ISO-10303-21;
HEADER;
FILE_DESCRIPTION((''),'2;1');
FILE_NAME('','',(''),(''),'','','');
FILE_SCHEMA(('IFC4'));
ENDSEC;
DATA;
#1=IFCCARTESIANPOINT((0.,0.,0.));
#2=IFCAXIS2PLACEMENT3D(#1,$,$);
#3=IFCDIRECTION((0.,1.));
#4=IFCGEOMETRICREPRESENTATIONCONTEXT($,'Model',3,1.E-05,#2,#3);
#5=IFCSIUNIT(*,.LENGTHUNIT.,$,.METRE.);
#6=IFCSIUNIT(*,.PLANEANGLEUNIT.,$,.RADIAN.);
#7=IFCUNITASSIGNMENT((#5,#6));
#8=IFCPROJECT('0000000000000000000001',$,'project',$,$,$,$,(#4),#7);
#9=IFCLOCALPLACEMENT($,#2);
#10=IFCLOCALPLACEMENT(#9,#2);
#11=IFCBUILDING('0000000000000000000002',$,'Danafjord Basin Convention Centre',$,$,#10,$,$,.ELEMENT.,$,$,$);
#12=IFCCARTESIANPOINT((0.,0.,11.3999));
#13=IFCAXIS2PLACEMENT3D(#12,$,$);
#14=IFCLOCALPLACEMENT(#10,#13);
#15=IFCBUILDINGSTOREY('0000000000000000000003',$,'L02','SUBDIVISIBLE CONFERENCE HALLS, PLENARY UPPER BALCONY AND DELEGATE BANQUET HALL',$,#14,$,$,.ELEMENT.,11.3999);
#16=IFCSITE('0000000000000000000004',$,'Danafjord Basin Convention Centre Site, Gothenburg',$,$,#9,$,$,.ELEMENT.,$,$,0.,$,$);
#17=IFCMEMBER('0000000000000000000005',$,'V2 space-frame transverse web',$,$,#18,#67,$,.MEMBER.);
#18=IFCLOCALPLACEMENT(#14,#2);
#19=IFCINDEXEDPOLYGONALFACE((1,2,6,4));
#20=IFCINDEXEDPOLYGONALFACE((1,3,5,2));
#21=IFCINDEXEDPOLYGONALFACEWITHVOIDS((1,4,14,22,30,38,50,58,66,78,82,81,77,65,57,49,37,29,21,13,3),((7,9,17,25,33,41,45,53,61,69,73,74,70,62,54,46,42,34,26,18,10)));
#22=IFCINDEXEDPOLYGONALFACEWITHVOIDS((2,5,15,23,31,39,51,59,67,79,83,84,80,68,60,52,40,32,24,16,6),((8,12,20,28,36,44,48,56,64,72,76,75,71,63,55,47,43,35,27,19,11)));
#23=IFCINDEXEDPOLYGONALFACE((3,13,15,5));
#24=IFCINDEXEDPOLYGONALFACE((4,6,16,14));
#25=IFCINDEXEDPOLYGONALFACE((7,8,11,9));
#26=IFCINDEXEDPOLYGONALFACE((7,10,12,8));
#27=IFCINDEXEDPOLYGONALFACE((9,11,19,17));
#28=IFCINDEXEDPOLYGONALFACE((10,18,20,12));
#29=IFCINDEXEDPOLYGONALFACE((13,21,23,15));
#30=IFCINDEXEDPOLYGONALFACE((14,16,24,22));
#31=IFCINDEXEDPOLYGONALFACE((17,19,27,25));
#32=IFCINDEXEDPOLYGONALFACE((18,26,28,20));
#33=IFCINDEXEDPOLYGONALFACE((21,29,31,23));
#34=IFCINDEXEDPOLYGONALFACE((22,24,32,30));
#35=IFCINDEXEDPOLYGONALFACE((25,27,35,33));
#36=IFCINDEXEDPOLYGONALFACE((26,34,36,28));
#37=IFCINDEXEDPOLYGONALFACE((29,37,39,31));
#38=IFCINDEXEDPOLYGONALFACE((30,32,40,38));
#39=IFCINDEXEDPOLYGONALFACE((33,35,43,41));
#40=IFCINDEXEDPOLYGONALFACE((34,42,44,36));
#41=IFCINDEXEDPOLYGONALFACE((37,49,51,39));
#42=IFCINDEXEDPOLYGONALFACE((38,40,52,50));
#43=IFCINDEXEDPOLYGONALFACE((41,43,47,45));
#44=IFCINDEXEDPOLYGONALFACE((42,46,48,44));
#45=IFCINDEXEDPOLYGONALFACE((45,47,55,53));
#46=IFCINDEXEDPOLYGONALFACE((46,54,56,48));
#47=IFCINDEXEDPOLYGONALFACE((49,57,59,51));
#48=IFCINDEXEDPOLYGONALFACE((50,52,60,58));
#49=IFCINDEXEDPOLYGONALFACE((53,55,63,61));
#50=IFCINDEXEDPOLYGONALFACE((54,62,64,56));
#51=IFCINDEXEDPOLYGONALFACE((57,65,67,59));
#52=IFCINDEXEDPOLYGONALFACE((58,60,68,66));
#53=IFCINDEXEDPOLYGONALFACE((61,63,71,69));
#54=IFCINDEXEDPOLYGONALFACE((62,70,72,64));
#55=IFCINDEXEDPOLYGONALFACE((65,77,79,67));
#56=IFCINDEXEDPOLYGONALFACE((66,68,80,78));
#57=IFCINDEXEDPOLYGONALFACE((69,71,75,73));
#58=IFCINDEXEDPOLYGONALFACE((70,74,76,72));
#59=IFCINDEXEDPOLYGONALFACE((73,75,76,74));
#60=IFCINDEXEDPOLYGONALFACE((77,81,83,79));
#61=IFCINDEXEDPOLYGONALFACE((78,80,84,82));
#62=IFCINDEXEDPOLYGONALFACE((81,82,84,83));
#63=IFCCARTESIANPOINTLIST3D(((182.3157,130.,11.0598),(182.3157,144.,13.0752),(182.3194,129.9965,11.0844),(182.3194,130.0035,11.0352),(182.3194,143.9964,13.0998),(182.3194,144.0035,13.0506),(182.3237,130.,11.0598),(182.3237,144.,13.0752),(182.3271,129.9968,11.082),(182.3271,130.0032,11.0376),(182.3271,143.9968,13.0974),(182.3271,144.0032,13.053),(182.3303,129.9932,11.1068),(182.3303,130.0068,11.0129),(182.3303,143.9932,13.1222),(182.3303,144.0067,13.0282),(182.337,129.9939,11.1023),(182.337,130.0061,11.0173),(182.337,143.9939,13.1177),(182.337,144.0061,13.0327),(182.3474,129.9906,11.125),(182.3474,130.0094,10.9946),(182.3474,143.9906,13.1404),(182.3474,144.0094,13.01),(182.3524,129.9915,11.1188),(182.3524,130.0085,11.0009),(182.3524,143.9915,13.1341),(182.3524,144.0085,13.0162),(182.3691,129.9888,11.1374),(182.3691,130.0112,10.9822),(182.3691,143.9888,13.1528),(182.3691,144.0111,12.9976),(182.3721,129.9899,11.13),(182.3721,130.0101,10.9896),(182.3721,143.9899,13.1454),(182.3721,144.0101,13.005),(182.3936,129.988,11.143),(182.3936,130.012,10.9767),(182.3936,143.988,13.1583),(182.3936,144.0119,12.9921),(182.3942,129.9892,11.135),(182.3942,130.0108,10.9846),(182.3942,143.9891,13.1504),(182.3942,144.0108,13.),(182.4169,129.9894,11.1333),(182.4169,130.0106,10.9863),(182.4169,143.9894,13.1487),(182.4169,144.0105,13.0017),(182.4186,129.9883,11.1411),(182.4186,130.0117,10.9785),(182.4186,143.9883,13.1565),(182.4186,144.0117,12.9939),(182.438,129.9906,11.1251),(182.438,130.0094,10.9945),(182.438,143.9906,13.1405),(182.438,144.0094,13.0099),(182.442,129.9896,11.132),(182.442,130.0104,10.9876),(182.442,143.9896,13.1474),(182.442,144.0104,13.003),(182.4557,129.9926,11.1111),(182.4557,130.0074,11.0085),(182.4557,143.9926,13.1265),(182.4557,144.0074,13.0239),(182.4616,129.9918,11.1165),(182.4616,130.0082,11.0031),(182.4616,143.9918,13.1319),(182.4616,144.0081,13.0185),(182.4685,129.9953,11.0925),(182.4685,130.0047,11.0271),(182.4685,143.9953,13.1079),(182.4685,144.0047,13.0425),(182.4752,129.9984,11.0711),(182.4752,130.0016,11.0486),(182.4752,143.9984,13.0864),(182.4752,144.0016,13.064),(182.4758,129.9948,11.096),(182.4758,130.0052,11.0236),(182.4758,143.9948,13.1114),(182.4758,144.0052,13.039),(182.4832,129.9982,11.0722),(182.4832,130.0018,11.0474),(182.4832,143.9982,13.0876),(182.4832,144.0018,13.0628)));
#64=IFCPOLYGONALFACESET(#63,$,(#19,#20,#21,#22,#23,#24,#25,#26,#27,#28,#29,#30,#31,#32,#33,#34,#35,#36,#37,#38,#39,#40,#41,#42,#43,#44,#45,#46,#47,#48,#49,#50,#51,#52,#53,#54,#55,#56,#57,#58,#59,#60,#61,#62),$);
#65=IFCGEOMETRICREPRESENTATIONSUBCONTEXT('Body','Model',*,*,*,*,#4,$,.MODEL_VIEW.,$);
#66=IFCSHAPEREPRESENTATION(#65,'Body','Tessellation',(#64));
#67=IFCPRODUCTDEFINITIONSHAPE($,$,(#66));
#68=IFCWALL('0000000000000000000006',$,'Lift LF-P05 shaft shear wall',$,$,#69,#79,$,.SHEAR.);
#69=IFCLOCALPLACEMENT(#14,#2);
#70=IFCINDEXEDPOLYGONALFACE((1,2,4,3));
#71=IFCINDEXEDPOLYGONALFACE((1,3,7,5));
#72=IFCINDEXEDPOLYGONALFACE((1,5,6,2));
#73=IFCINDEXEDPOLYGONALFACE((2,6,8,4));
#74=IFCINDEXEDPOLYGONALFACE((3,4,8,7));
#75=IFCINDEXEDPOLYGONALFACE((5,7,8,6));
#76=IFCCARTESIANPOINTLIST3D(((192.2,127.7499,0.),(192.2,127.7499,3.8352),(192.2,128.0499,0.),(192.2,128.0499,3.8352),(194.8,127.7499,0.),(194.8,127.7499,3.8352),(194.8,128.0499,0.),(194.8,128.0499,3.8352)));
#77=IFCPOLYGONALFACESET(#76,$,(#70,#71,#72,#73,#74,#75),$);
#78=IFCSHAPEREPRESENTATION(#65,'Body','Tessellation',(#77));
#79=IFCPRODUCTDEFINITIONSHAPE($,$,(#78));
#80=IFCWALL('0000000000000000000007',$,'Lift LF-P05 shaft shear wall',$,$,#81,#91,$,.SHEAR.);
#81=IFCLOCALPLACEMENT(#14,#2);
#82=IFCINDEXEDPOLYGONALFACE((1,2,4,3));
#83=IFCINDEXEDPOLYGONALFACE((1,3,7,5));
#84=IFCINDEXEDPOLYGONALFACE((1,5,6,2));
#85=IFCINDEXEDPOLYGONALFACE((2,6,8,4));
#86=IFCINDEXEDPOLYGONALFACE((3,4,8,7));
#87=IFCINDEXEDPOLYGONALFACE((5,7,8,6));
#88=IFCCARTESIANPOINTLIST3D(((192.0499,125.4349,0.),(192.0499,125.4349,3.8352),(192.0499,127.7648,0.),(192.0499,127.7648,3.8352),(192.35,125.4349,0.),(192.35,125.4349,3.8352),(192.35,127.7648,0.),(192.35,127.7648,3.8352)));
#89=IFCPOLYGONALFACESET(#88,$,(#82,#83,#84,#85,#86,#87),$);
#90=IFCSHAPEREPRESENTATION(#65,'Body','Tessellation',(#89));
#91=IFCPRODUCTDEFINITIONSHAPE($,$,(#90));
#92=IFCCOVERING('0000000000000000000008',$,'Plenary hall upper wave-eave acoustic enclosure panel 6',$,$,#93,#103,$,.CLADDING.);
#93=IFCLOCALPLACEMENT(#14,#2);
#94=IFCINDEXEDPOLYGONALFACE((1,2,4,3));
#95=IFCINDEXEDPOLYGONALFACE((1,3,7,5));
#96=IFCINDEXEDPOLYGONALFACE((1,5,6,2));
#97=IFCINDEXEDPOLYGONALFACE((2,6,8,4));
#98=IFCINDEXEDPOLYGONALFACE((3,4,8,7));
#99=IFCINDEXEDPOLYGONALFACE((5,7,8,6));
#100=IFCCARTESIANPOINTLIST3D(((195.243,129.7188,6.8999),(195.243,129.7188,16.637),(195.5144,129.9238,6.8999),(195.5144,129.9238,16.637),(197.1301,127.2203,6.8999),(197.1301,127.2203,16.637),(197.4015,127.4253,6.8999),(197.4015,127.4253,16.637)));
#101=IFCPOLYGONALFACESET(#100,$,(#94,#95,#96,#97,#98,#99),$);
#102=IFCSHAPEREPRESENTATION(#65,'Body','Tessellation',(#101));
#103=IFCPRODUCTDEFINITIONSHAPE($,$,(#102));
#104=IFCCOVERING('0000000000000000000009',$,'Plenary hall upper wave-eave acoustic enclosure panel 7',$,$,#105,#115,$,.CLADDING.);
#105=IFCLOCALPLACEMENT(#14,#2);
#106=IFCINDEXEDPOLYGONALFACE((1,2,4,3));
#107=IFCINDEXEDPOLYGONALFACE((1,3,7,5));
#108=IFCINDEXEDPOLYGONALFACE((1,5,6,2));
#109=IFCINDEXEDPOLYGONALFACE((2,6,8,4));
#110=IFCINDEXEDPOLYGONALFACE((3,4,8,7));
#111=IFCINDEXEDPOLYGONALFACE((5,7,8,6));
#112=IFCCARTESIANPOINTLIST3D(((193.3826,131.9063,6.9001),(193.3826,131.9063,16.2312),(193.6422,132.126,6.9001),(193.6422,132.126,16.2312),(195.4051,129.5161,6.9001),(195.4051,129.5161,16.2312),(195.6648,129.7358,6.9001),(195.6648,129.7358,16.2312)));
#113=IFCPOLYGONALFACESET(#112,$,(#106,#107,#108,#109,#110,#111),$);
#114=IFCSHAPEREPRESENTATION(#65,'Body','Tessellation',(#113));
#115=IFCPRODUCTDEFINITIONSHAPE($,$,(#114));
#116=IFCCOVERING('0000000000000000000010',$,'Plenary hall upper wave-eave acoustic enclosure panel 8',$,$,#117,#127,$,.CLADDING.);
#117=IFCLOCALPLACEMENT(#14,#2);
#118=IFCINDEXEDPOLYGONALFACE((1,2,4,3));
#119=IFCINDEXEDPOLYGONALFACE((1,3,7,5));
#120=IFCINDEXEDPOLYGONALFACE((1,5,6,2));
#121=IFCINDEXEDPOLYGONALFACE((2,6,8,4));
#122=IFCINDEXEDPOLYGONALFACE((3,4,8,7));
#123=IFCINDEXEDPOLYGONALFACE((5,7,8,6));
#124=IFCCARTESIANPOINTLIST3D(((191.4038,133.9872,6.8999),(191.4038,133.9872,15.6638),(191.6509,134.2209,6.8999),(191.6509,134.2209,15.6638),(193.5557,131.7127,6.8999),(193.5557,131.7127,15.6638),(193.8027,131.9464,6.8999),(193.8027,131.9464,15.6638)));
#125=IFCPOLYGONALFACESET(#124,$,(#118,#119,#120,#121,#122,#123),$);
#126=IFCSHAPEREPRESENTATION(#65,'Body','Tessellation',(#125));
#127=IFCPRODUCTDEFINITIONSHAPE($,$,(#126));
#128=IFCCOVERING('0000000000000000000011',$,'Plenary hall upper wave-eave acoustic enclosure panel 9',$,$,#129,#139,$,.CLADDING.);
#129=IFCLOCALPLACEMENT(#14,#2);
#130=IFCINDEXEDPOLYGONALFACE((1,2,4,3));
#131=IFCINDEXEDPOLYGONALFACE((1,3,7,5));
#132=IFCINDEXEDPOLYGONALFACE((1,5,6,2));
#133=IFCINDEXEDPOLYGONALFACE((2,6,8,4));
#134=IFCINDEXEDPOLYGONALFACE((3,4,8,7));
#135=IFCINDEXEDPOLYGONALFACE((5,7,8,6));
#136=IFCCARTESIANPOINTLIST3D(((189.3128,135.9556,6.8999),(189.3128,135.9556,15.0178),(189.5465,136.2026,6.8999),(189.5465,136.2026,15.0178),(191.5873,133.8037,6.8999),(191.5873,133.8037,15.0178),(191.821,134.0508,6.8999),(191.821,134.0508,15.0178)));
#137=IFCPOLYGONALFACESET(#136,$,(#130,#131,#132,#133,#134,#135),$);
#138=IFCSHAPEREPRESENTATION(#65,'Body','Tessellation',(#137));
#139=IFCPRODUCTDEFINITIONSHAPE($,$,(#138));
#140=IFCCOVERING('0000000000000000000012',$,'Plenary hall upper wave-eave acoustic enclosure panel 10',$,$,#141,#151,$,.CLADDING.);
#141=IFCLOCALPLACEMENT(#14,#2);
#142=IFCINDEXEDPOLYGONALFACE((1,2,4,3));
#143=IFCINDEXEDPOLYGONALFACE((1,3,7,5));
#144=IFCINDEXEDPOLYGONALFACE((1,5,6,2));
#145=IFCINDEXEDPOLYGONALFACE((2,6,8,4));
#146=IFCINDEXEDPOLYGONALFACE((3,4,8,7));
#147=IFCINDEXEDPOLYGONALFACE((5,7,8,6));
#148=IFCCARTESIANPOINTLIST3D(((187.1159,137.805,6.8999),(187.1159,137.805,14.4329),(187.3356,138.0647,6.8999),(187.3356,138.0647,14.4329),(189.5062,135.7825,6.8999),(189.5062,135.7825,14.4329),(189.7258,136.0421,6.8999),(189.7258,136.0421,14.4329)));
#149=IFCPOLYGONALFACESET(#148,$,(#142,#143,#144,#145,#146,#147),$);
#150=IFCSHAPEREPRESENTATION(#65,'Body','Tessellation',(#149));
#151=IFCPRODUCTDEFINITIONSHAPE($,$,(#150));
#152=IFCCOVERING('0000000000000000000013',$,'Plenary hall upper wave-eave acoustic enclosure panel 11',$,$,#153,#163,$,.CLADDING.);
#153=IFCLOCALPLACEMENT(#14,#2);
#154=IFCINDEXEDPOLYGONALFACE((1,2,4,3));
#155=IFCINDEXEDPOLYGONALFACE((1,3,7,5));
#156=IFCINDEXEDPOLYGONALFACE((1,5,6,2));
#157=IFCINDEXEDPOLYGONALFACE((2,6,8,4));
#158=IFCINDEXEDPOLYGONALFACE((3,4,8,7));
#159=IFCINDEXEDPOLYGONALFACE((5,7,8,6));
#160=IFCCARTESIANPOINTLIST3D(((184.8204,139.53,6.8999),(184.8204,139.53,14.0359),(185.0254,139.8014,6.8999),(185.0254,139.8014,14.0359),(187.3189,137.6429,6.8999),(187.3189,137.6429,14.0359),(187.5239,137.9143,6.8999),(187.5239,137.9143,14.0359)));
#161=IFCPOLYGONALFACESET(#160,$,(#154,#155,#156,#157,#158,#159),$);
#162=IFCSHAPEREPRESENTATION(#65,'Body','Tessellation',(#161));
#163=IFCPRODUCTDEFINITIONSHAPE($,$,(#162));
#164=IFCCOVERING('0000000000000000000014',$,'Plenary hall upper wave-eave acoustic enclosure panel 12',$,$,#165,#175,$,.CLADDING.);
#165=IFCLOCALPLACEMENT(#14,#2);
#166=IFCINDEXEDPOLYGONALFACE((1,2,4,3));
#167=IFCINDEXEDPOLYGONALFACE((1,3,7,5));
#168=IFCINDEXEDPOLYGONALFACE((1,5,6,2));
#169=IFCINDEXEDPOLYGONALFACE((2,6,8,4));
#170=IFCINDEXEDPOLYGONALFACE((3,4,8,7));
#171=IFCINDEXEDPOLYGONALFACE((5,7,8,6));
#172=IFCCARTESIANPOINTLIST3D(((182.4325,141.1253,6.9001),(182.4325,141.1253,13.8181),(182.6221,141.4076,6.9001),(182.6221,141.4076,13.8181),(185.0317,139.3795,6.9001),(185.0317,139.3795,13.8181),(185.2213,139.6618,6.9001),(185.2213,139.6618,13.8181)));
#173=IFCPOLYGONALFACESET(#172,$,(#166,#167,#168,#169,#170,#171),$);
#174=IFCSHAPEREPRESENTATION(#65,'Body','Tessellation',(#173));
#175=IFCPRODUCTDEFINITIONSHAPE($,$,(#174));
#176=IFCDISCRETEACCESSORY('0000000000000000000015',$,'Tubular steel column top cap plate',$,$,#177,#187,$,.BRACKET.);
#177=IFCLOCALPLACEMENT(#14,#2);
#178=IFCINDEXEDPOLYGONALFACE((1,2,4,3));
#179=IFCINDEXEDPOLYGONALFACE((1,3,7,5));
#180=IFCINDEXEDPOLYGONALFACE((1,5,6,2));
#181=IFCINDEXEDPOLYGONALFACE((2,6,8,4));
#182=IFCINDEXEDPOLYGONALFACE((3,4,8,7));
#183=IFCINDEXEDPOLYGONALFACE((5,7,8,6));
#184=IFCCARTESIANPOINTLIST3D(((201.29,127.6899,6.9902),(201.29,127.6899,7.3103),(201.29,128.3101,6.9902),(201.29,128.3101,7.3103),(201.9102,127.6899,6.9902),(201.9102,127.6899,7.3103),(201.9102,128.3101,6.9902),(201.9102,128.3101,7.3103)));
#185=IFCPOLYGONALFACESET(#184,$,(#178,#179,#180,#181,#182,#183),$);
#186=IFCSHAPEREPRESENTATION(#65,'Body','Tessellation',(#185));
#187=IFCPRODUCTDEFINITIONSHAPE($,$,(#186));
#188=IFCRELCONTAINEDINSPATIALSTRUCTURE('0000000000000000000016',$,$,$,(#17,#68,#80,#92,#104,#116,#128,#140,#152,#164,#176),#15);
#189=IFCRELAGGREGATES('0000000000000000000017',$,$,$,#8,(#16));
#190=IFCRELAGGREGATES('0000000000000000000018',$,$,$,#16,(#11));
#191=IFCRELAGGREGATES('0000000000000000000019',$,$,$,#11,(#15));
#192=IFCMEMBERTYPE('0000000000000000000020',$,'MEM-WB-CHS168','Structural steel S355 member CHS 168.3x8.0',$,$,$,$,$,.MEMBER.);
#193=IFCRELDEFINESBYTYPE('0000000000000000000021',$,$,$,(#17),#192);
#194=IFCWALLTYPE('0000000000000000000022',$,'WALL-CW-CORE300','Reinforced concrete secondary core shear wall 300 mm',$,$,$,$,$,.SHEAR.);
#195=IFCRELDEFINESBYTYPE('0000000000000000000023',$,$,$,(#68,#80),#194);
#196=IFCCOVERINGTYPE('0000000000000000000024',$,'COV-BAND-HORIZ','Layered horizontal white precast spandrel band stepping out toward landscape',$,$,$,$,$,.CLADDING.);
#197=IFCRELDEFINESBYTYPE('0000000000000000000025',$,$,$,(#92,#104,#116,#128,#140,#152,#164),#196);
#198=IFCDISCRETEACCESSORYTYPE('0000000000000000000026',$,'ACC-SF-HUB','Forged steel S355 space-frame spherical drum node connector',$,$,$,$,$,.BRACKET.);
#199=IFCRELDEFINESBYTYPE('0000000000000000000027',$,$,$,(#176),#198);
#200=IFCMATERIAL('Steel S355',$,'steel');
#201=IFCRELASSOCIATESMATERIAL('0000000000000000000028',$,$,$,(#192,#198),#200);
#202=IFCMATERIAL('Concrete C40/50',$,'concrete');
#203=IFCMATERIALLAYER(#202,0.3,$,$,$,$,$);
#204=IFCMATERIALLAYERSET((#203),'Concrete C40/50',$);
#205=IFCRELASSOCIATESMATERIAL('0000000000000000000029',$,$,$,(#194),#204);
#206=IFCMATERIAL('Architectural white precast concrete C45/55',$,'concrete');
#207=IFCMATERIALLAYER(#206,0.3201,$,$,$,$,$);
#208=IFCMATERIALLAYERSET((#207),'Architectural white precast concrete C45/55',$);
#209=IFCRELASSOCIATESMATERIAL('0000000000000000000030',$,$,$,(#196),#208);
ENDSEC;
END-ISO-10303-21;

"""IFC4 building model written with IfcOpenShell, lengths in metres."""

from ifc_helpers import new_model, si_unit, direction, frame, frame_2d, origin, origin_2d, place, context, subcontext, project, spatial, rectangle, hollow_circle, extrude, material, layer, layer_set, material_profile, profile_set, type_object, element, save


model = new_model("IFC4")

# Units and contexts
model_context = context("Model", 3, precision=1e-05, world=origin(), true_north=direction((0.0, 1.0)))
body_context = subcontext(model_context, "Body", "Model", "MODEL_VIEW")
ifc_project = project(units=[si_unit("LENGTHUNIT", "METRE"), si_unit("PLANEANGLEUNIT", "RADIAN")], contexts=[model_context])

# Site, building, storey
site_placement = place(None, origin())
site = spatial("IfcSite", under=ifc_project, at=site_placement, Name="Danafjord Basin Convention Centre Site, Gothenburg", CompositionType="ELEMENT", RefElevation=0.0)
building_placement = place(site_placement, origin())
building = spatial("IfcBuilding", under=site, at=building_placement, Name="Danafjord Basin Convention Centre", CompositionType="ELEMENT")
storey_placement = place(building_placement, frame((0.0, 0.0, 11.3999)))
storey = spatial("IfcBuildingStorey", under=building, at=storey_placement, Name="L02", Description="SUBDIVISIBLE CONFERENCE HALLS, PLENARY UPPER BALCONY AND DELEGATE BANQUET HALL", CompositionType="ELEMENT", Elevation=11.3999)

# Shared definitions
ifc_material_1 = material(Name="Steel S355", Category="steel")

# Member
ifc_material_profile_1 = material_profile(ifc_material_1, hollow_circle(Radius=0.0842, WallThickness=0.0081, at=origin_2d()), Name="CHS 168.3x8.0")
ifc_profile_set_1 = profile_set([ifc_material_profile_1], Name="Steel S355")
member_type_1 = type_object("IfcMemberType", Name="MEM-WB-CHS168", Description="Structural steel S355 member CHS 168.3x8.0", PredefinedType="MEMBER", material=ifc_profile_set_1)
member_1_placement = place(storey_placement, frame((182.3999, 130.0, 11.0598), z_axis=(0.0, 0.989797, 0.142487), x_axis=(-1.0, 0.0, 0.0)))
element("IfcMember", 1, at=member_1_placement, inside=storey, type_object=member_type_1, Name="V2 space-frame transverse web", PredefinedType="MEMBER", context=body_context, shape_type="SweptSolid", body=[
    extrude(hollow_circle(Radius=0.0842, WallThickness=0.0081, at=origin_2d()), origin(), (0.0, 0.0, 1.0), 14.1443),
])

# Walls
ifc_material_2 = material(Name="Concrete C40/50", Category="concrete")
ifc_layer_1 = layer(ifc_material_2, 0.3)
ifc_layer_set_1 = layer_set([ifc_layer_1], Name="Concrete C40/50")
wall_type = type_object("IfcWallType", Name="WALL-CW-CORE300", Description="Reinforced concrete secondary core shear wall 300 mm", PredefinedType="SHEAR", material=ifc_layer_set_1)
wall_1_placement = place(storey_placement, frame((194.8, 127.8999, 0.0), z_axis=(0.0, 0.0, 1.0), x_axis=(-1.0, 0.0, 0.0)))
element("IfcWall", 2, at=wall_1_placement, inside=storey, type_object=wall_type, Name="Lift LF-P05 shaft shear wall", PredefinedType="SHEAR", context=body_context, shape_type="SweptSolid", body=[
    extrude(rectangle(XDim=2.6001, YDim=0.3, at=frame_2d((1.3, 0.0))), origin(), (0.0, 0.0, 1.0), 3.8352),
])
wall_2_placement = place(storey_placement, frame((192.2, 127.7649, 0.0), z_axis=(0.0, 0.0, 1.0), x_axis=(0.0, -1.0, 0.0)))
element("IfcWall", 3, at=wall_2_placement, inside=storey, type_object=wall_type, Name="Lift LF-P05 shaft shear wall", PredefinedType="SHEAR", context=body_context, shape_type="SweptSolid", body=[
    extrude(rectangle(XDim=2.3298, YDim=0.3, at=frame_2d((1.165, 0.0))), origin(), (0.0, 0.0, 1.0), 3.8352),
])

# Coverings
ifc_material_3 = material(Name="Architectural white precast concrete C45/55", Category="concrete")
ifc_layer_2 = layer(ifc_material_3, 0.3201)
ifc_layer_set_2 = layer_set([ifc_layer_2], Name="Architectural white precast concrete C45/55")
covering_type = type_object("IfcCoveringType", Name="COV-BAND-HORIZ", Description="Layered horizontal white precast spandrel band stepping out toward landscape", PredefinedType="CLADDING", material=ifc_layer_set_2)
covering_1_placement = place(storey_placement, frame((196.3223, 128.572, 6.8999), z_axis=(0.0, 0.0, 1.0), x_axis=(-0.602707, 0.797963, 0.0)))
element("IfcCovering", 4, at=covering_1_placement, inside=storey, type_object=covering_type, Name="Plenary hall upper wave-eave acoustic enclosure panel 6", PredefinedType="CLADDING", context=body_context, shape_type="SweptSolid", body=[
    extrude(rectangle(XDim=3.1311, YDim=0.3401, at=origin_2d()), origin(), (0.0, 0.0, 1.0), 9.7371),
])
covering_2_placement = place(storey_placement, frame((194.5237, 130.821, 6.9001), z_axis=(0.0, 0.0, 1.0), x_axis=(-0.64595, 0.76338, 0.0)))
element("IfcCovering", 5, at=covering_2_placement, inside=storey, type_object=covering_type, Name="Plenary hall upper wave-eave acoustic enclosure panel 7", PredefinedType="CLADDING", context=body_context, shape_type="SweptSolid", body=[
    extrude(rectangle(XDim=3.1311, YDim=0.3401, at=origin_2d()), origin(), (0.0, 0.0, 1.0), 9.3311),
])
covering_3_placement = place(storey_placement, frame((192.6033, 132.9668, 6.8999), z_axis=(0.0, 0.0, 1.0), x_axis=(-0.68724, 0.72643, 0.0)))
element("IfcCovering", 6, at=covering_3_placement, inside=storey, type_object=covering_type, Name="Plenary hall upper wave-eave acoustic enclosure panel 8", PredefinedType="CLADDING", context=body_context, shape_type="SweptSolid", body=[
    extrude(rectangle(XDim=3.1311, YDim=0.3401, at=origin_2d()), origin(), (0.0, 0.0, 1.0), 8.7639),
])
covering_4_placement = place(storey_placement, frame((190.5669, 135.0032, 6.8999), z_axis=(0.0, 0.0, 1.0), x_axis=(-0.72643, 0.68724, 0.0)))
element("IfcCovering", 7, at=covering_4_placement, inside=storey, type_object=covering_type, Name="Plenary hall upper wave-eave acoustic enclosure panel 9", PredefinedType="CLADDING", context=body_context, shape_type="SweptSolid", body=[
    extrude(rectangle(XDim=3.1311, YDim=0.3401, at=origin_2d()), origin(), (0.0, 0.0, 1.0), 8.1179),
])
covering_5_placement = place(storey_placement, frame((188.4209, 136.9236, 6.8999), z_axis=(0.0, 0.0, 1.0), x_axis=(-0.76338, 0.64595, 0.0)))
element("IfcCovering", 8, at=covering_5_placement, inside=storey, type_object=covering_type, Name="Plenary hall upper wave-eave acoustic enclosure panel 10", PredefinedType="CLADDING", context=body_context, shape_type="SweptSolid", body=[
    extrude(rectangle(XDim=3.1311, YDim=0.3401, at=origin_2d()), origin(), (0.0, 0.0, 1.0), 7.533),
])
covering_6_placement = place(storey_placement, frame((186.1721, 138.7222, 6.8999), z_axis=(0.0, 0.0, 1.0), x_axis=(-0.797963, 0.602707, 0.0)))
element("IfcCovering", 9, at=covering_6_placement, inside=storey, type_object=covering_type, Name="Plenary hall upper wave-eave acoustic enclosure panel 11", PredefinedType="CLADDING", context=body_context, shape_type="SweptSolid", body=[
    extrude(rectangle(XDim=3.1311, YDim=0.3401, at=origin_2d()), origin(), (0.0, 0.0, 1.0), 7.136),
])
covering_7_placement = place(storey_placement, frame((183.8269, 140.3936, 6.9001), z_axis=(0.0, 0.0, 1.0), x_axis=(-0.830128, 0.557573, 0.0)))
element("IfcCovering", 10, at=covering_7_placement, inside=storey, type_object=covering_type, Name="Plenary hall upper wave-eave acoustic enclosure panel 12", PredefinedType="CLADDING", context=body_context, shape_type="SweptSolid", body=[
    extrude(rectangle(XDim=3.1311, YDim=0.3401, at=origin_2d()), origin(), (0.0, 0.0, 1.0), 6.918),
])

# Discrete accessory
discrete_accessory_type = type_object("IfcDiscreteAccessoryType", Name="ACC-SF-HUB", Description="Forged steel S355 space-frame spherical drum node connector", PredefinedType="BRACKET", material=ifc_material_1)
discrete_accessory_placement = place(storey_placement, frame((201.6001, 128.0, 6.9902), z_axis=(0.0, 0.0, 1.0), x_axis=(1.0, 0.0, 0.0)))
element("IfcDiscreteAccessory", 11, at=discrete_accessory_placement, inside=storey, type_object=discrete_accessory_type, Name="Tubular steel column top cap plate", PredefinedType="BRACKET", context=body_context, shape_type="SweptSolid", body=[
    extrude(rectangle(XDim=0.6201, YDim=0.6201, at=origin_2d()), origin(), (0.0, 0.0, 1.0), 0.3201),
])

save(model, "model.ifc")
